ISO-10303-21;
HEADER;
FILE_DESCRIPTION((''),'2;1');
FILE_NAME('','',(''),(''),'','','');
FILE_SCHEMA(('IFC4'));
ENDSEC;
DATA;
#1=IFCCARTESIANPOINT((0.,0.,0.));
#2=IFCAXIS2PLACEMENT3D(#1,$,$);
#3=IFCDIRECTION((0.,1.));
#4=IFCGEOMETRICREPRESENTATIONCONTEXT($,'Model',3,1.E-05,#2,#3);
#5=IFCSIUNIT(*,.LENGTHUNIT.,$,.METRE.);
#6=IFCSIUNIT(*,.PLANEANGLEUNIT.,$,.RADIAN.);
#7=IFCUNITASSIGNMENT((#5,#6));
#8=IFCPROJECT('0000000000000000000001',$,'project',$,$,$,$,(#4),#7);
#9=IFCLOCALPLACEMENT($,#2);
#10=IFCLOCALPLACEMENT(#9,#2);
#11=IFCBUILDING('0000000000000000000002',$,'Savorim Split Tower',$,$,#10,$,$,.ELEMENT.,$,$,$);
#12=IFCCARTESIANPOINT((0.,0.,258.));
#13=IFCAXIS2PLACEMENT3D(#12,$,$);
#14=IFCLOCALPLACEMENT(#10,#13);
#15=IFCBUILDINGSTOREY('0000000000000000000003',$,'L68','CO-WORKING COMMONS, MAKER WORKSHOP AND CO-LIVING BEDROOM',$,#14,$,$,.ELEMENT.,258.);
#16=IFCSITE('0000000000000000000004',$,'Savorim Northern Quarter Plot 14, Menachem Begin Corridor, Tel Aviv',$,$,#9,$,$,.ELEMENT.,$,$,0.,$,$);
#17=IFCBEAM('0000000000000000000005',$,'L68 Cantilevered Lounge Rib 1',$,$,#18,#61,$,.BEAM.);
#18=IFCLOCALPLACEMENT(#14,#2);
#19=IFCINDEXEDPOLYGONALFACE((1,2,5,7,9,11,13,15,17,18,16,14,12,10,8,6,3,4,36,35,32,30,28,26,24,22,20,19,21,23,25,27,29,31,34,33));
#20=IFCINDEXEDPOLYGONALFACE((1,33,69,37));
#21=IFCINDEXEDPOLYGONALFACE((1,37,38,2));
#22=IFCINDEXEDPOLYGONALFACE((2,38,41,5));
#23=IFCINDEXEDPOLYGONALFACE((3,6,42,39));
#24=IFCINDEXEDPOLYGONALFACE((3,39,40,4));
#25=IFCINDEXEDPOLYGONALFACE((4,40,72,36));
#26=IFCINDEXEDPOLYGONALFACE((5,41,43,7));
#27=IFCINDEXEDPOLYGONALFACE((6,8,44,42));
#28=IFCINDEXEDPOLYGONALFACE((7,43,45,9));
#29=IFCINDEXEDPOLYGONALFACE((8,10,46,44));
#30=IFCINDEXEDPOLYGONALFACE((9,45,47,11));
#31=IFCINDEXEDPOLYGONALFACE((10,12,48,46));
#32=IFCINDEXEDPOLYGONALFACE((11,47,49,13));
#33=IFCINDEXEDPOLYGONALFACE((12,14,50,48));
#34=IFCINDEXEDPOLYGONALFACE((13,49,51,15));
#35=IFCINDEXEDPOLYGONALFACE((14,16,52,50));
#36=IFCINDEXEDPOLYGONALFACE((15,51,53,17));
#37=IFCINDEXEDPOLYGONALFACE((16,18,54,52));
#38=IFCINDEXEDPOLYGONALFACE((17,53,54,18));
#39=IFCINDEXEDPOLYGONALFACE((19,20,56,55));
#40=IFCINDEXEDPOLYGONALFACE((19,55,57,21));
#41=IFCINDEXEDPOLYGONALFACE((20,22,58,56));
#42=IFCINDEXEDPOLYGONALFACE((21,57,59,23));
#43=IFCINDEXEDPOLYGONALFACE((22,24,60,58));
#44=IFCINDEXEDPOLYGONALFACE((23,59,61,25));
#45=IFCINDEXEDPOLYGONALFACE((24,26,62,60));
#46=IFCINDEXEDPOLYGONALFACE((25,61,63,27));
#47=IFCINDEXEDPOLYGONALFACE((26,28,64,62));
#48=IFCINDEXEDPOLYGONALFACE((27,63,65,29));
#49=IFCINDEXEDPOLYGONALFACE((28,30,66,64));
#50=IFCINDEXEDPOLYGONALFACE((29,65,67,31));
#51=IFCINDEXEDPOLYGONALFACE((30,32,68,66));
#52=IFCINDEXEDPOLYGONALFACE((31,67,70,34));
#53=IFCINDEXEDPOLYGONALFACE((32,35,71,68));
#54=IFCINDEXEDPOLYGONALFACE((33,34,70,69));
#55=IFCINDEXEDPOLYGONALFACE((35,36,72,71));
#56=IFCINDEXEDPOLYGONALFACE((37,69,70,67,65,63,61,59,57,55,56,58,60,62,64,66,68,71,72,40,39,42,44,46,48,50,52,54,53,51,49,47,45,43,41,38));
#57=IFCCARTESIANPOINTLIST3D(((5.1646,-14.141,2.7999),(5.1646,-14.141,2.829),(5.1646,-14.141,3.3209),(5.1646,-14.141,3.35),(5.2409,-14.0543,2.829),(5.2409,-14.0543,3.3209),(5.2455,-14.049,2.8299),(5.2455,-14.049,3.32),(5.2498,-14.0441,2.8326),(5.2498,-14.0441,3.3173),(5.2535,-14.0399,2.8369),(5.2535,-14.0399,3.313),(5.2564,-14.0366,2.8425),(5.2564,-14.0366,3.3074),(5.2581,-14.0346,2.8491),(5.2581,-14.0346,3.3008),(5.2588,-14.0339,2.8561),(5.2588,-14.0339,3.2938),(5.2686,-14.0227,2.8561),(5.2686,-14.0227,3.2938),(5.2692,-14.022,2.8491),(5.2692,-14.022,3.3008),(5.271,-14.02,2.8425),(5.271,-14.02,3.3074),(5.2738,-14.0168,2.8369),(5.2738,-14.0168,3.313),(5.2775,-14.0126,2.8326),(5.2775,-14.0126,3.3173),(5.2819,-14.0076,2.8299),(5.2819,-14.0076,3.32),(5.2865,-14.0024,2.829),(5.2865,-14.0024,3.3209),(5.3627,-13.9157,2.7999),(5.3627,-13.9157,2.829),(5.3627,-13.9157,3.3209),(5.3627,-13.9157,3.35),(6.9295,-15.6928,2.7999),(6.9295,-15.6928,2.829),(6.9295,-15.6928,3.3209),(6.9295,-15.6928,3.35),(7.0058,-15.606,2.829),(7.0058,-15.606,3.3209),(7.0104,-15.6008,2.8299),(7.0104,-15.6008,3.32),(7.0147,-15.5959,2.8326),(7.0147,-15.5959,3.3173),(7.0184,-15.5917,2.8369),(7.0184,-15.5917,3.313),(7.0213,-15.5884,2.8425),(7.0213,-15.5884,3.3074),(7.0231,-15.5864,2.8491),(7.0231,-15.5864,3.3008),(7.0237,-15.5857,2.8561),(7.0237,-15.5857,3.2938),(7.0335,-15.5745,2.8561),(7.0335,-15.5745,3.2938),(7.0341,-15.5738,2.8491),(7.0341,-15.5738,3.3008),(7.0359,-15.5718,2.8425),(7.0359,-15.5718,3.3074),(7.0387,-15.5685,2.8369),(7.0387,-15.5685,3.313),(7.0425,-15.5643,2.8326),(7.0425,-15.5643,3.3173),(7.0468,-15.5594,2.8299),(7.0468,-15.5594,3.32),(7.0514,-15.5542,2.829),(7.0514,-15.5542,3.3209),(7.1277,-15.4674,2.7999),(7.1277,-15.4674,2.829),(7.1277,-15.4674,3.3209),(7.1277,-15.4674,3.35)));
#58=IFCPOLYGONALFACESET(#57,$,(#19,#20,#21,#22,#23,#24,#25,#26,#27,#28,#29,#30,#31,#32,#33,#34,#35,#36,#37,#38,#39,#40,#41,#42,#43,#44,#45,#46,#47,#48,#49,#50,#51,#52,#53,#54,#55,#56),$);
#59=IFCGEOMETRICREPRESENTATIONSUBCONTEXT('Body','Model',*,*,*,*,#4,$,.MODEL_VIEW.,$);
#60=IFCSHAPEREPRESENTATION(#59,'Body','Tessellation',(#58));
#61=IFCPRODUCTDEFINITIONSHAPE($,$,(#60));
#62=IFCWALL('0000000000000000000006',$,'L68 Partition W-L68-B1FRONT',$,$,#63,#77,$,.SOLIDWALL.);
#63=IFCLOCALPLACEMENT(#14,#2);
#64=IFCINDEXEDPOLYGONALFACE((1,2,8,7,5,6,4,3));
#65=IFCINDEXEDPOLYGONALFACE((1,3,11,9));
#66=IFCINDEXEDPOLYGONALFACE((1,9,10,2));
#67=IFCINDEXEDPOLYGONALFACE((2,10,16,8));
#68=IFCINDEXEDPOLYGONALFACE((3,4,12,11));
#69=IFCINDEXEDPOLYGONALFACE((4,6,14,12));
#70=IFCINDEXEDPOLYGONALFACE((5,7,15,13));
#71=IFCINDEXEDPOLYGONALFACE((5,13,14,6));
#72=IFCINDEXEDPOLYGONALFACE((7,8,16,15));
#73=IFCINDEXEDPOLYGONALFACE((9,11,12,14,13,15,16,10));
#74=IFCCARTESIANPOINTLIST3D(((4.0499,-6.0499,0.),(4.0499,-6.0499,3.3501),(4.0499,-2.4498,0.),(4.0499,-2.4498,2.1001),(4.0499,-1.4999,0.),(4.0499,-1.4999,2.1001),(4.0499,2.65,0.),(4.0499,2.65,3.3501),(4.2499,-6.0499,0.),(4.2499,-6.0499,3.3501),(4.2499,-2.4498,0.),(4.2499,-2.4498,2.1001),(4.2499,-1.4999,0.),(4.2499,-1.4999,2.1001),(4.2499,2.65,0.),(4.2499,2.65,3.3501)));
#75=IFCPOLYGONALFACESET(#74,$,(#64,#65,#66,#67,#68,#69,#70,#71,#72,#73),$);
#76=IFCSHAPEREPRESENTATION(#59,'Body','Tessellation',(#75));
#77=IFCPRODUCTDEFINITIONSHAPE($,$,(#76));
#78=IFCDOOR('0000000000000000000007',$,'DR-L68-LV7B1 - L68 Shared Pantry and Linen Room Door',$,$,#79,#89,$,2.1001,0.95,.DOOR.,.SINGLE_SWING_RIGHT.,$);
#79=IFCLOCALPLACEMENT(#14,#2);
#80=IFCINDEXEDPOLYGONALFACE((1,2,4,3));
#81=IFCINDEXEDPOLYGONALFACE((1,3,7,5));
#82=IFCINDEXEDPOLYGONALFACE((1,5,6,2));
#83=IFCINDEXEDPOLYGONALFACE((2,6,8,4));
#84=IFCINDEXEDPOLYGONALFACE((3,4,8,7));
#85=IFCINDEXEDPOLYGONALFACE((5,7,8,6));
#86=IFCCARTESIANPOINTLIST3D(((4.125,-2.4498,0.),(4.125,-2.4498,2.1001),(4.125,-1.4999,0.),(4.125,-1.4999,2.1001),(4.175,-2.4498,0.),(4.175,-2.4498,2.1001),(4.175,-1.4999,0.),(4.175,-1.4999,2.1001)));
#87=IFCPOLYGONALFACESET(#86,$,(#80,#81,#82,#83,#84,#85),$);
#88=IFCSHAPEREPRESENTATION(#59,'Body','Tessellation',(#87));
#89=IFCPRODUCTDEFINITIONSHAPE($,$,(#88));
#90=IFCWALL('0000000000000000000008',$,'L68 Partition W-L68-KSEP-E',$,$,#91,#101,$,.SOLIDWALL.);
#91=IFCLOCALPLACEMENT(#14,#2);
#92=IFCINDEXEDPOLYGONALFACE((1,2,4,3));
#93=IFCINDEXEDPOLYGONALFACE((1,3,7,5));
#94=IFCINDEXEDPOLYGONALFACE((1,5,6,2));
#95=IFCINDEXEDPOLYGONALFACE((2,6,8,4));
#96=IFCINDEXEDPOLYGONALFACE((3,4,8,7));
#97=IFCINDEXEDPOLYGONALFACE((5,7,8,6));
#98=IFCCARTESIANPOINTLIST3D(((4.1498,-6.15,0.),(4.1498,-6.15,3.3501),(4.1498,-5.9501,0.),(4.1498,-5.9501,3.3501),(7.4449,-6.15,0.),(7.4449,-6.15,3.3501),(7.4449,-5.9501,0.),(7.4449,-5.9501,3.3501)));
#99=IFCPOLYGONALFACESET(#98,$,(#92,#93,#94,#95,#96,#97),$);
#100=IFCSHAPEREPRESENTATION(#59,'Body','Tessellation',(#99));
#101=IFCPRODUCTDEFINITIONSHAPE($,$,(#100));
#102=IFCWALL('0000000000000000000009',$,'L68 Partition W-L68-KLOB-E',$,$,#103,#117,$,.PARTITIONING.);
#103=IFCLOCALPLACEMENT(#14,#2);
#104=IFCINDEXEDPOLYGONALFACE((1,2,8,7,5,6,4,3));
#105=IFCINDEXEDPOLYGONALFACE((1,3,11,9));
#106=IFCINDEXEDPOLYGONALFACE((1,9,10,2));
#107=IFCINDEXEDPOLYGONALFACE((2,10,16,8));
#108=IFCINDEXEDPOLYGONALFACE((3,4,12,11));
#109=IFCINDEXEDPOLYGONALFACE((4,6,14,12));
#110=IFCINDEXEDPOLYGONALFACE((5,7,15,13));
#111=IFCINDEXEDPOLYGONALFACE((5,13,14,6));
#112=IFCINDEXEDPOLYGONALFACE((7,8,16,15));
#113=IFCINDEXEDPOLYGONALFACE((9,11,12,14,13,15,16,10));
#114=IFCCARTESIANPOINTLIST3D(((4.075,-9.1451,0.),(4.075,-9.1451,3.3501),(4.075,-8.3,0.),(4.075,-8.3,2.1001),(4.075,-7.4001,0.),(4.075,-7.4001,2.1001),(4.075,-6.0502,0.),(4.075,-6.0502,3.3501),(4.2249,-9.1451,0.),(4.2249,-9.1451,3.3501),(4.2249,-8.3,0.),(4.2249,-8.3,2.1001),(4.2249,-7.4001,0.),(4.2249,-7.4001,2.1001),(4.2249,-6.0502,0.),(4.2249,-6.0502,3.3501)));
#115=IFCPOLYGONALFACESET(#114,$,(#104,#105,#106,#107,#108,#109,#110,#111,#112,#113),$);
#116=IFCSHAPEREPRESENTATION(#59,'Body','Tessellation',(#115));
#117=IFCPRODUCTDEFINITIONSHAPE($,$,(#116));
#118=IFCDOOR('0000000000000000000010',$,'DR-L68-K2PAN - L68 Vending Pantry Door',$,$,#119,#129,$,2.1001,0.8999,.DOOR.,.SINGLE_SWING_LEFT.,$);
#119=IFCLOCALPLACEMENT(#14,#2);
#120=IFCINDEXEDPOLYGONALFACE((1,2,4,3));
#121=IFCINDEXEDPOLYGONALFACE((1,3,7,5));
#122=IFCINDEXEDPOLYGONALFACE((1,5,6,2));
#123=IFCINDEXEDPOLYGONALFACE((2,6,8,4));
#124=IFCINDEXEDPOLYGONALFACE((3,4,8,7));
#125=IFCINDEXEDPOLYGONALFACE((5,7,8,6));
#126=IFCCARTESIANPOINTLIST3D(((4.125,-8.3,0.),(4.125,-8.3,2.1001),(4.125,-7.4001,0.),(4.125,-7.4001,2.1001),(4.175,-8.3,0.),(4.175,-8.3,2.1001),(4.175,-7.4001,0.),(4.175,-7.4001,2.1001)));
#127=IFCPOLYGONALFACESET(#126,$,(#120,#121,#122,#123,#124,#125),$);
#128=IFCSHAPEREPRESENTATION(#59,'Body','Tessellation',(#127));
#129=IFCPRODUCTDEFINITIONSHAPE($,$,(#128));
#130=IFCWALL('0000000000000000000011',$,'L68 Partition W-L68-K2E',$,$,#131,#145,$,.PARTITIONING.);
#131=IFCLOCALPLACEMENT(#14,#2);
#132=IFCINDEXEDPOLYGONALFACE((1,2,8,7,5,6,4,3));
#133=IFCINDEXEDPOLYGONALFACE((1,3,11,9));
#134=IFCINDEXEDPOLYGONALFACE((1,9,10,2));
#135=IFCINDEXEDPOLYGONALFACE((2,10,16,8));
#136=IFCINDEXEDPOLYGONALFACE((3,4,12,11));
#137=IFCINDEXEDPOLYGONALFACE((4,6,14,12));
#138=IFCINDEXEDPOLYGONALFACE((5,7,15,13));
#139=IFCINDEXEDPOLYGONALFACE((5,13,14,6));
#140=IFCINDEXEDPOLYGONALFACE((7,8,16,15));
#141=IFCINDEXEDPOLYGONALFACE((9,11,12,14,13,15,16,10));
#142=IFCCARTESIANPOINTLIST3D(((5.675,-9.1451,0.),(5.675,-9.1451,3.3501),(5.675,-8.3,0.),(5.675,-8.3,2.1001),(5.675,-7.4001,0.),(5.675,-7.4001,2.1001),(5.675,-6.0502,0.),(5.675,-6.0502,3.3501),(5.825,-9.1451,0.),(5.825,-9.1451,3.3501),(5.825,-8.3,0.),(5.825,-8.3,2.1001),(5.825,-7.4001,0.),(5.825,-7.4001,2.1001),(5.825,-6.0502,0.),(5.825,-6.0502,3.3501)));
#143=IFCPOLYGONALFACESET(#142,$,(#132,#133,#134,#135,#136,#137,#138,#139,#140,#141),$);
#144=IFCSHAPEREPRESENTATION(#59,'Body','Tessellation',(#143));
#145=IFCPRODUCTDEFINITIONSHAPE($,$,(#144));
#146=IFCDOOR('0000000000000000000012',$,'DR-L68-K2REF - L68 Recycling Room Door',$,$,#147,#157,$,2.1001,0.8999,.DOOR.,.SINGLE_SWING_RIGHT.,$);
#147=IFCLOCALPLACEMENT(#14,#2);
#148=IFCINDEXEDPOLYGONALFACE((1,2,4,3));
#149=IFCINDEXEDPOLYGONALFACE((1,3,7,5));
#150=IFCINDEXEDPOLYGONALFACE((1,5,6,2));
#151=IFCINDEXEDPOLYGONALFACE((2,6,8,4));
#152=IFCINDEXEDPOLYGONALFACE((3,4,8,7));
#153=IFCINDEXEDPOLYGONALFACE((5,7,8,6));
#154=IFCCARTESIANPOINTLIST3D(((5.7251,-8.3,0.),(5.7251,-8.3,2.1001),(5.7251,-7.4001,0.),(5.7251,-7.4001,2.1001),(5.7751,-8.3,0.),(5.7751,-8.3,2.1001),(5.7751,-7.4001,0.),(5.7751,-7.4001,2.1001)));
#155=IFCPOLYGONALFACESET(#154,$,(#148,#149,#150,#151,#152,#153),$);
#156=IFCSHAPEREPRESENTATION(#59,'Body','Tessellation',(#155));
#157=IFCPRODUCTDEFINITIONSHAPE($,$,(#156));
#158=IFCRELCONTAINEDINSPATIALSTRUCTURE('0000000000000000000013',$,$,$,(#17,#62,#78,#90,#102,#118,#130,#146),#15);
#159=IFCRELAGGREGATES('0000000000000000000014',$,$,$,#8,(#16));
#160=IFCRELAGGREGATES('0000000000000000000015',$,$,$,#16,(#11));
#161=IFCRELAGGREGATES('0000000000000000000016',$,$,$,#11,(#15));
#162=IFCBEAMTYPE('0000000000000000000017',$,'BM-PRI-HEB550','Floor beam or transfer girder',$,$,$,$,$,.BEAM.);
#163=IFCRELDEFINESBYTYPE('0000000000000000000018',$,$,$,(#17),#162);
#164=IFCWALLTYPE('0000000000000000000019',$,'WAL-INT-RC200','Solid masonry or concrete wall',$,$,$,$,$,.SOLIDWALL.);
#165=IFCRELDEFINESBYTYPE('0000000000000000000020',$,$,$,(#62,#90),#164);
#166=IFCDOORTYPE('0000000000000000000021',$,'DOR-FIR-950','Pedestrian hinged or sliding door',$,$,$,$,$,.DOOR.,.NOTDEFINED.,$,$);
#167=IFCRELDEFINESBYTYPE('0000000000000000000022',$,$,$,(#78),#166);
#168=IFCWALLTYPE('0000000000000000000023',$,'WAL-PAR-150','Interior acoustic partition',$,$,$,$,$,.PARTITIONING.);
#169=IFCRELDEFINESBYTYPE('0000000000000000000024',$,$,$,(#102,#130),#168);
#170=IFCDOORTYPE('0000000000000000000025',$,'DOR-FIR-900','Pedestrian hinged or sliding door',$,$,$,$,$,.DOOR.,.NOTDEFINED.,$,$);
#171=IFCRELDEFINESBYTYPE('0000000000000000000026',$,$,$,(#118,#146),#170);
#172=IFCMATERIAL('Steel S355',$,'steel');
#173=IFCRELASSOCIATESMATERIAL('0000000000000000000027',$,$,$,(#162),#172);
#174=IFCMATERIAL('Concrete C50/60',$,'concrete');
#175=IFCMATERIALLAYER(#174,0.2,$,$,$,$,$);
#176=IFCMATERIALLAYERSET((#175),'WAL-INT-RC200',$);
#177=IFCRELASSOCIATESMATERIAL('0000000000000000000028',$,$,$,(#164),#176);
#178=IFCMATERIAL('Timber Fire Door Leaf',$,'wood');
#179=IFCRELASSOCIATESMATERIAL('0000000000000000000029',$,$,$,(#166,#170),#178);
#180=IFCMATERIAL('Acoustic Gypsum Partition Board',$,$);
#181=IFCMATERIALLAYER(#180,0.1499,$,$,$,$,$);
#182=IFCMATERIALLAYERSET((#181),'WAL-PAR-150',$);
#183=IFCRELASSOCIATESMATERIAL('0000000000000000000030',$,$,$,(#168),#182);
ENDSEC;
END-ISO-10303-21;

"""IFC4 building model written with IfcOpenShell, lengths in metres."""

from ifc_helpers import new_model, si_unit, direction, frame, frame_2d, origin, origin_2d, place, context, subcontext, project, spatial, rectangle, i_section, extrude, material, layer, layer_set, material_profile, profile_set, type_object, element, fill, save


model = new_model("IFC4")

# Units and contexts
model_context = context("Model", 3, precision=1e-05, world=origin(), true_north=direction((0.0, 1.0)))
body_context = subcontext(model_context, "Body", "Model", "MODEL_VIEW")
ifc_project = project(units=[si_unit("LENGTHUNIT", "METRE"), si_unit("PLANEANGLEUNIT", "RADIAN")], contexts=[model_context])

# Site, building, storey
site_placement = place(None, origin())
site = spatial("IfcSite", under=ifc_project, at=site_placement, Name="Savorim Northern Quarter Plot 14, Menachem Begin Corridor, Tel Aviv", CompositionType="ELEMENT", RefElevation=0.0)
building_placement = place(site_placement, origin())
building = spatial("IfcBuilding", under=site, at=building_placement, Name="Savorim Split Tower", CompositionType="ELEMENT")
storey_placement = place(building_placement, frame((0.0, 0.0, 258.0)))
storey = spatial("IfcBuildingStorey", under=building, at=storey_placement, Name="L68", Description="CO-WORKING COMMONS, MAKER WORKSHOP AND CO-LIVING BEDROOM", CompositionType="ELEMENT", Elevation=258.0)

# Shared definitions
ifc_material_1 = material(Name="Steel S355", Category="steel")

# Beam
ifc_material_profile_1 = material_profile(ifc_material_1, i_section(OverallWidth=0.3, OverallDepth=0.55, WebThickness=0.0149, FlangeThickness=0.0291, FilletRadius=0.0271, at=origin_2d()), Name="HEB 550")
ifc_profile_set_1 = profile_set([ifc_material_profile_1], Name="Steel S355")
beam_type_1 = type_object("IfcBeamType", Name="BM-PRI-HEB550", Description="Floor beam or transfer girder", PredefinedType="BEAM", material=ifc_profile_set_1)
beam_1_placement = place(storey_placement, frame((5.2637, -14.0283, 3.075), z_axis=(0.750998, -0.660305, 0.0), x_axis=(0.660305, 0.750998, 0.0)))
element("IfcBeam", 1, at=beam_1_placement, inside=storey, type_object=beam_type_1, Name="L68 Cantilevered Lounge Rib 1", PredefinedType="BEAM", context=body_context, shape_type="SweptSolid", body=[
    extrude(i_section(OverallWidth=0.3, OverallDepth=0.55, WebThickness=0.0149, FlangeThickness=0.0291, FilletRadius=0.0271, at=origin_2d()), origin(), (0.0, 0.0, 1.0), 2.3501),
])

# Wall, opening, door
ifc_material_2 = material(Name="Concrete C50/60", Category="concrete")
ifc_layer_1 = layer(ifc_material_2, 0.2)
ifc_layer_set_1 = layer_set([ifc_layer_1], Name="WAL-INT-RC200")
wall_type_1 = type_object("IfcWallType", Name="WAL-INT-RC200", Description="Solid masonry or concrete wall", PredefinedType="SOLIDWALL", material=ifc_layer_set_1)
wall_1_placement = place(storey_placement, frame((4.1499, -6.05, 0.0), z_axis=(0.0, 0.0, 1.0), x_axis=(0.0, 1.0, 0.0)))
wall_1 = element("IfcWall", 2, at=wall_1_placement, inside=storey, type_object=wall_type_1, Name="L68 Partition W-L68-B1FRONT", PredefinedType="SOLIDWALL", context=body_context, shape_type="SweptSolid", body=[
    extrude(rectangle(XDim=8.7, YDim=0.2, at=frame_2d((4.3501, 0.0))), origin(), (0.0, 0.0, 1.0), 3.3501),
])
opening_1_placement = place(wall_1_placement, frame((3.6001, 0.0, 0.0)))
opening_1 = element("IfcOpeningElement", 3, at=opening_1_placement, cuts=wall_1, PredefinedType="OPENING", context=body_context, shape_type="SweptSolid", body=[
    extrude(rectangle(XDim=0.95, YDim=2.1001, at=frame_2d((0.4751, 1.05))), frame((0.0, 0.1099, 0.0), z_axis=(0.0, -1.0, 0.0), x_axis=(1.0, 0.0, 0.0)), (0.0, 0.0, 1.0), 0.22),
])
ifc_material_3 = material(Name="Timber Fire Door Leaf", Category="wood")
door_type_1 = type_object("IfcDoorType", Name="DOR-FIR-950", Description="Pedestrian hinged or sliding door", OperationType="NOTDEFINED", PredefinedType="DOOR", material=ifc_material_3)
door_1_placement = place(opening_1_placement, origin())
door_1 = element("IfcDoor", 4, at=door_1_placement, inside=storey, type_object=door_type_1, Name="DR-L68-LV7B1 - L68 Shared Pantry and Linen Room Door", OperationType="SINGLE_SWING_RIGHT", OverallHeight=2.1001, OverallWidth=0.95, PredefinedType="DOOR", context=body_context, shape_type="SweptSolid", body=[
    extrude(rectangle(XDim=0.95, YDim=2.1001, at=frame_2d((0.4751, 1.05))), frame((0.0, 0.0249, 0.0), z_axis=(0.0, -1.0, 0.0), x_axis=(1.0, 0.0, 0.0)), (0.0, 0.0, 1.0), 0.05),
])
fill(opening_1, door_1)

# Wall
wall_2_placement = place(storey_placement, frame((4.1499, -6.05, 0.0), z_axis=(0.0, 0.0, 1.0), x_axis=(1.0, 0.0, 0.0)))
element("IfcWall", 5, at=wall_2_placement, inside=storey, type_object=wall_type_1, Name="L68 Partition W-L68-KSEP-E", PredefinedType="SOLIDWALL", context=body_context, shape_type="SweptSolid", body=[
    extrude(rectangle(XDim=3.2952, YDim=0.2, at=frame_2d((1.6475, 0.0))), origin(), (0.0, 0.0, 1.0), 3.3501),
])

# Walls, openings, doors
ifc_material_4 = material(Name="Acoustic Gypsum Partition Board")
ifc_layer_2 = layer(ifc_material_4, 0.1499)
ifc_layer_set_2 = layer_set([ifc_layer_2], Name="WAL-PAR-150")
wall_type_2 = type_object("IfcWallType", Name="WAL-PAR-150", Description="Interior acoustic partition", PredefinedType="PARTITIONING", material=ifc_layer_set_2)
wall_3_placement = place(storey_placement, frame((4.1499, -9.145, 0.0), z_axis=(0.0, 0.0, 1.0), x_axis=(0.0, 1.0, 0.0)))
wall_3 = element("IfcWall", 6, at=wall_3_placement, inside=storey, type_object=wall_type_2, Name="L68 Partition W-L68-KLOB-E", PredefinedType="PARTITIONING", context=body_context, shape_type="SweptSolid", body=[
    extrude(rectangle(XDim=3.095, YDim=0.1499, at=frame_2d((1.5474, 0.0))), origin(), (0.0, 0.0, 1.0), 3.3501),
])
opening_2_placement = place(wall_3_placement, frame((0.845, 0.0, 0.0)))
opening_2 = element("IfcOpeningElement", 7, at=opening_2_placement, cuts=wall_3, PredefinedType="OPENING", context=body_context, shape_type="SweptSolid", body=[
    extrude(rectangle(XDim=0.8999, YDim=2.1001, at=frame_2d((0.45, 1.05))), frame((0.0, 0.085, 0.0), z_axis=(0.0, -1.0, 0.0), x_axis=(1.0, 0.0, 0.0)), (0.0, 0.0, 1.0), 0.1699),
])
door_type_2 = type_object("IfcDoorType", Name="DOR-FIR-900", Description="Pedestrian hinged or sliding door", OperationType="NOTDEFINED", PredefinedType="DOOR", material=ifc_material_3)
door_2_placement = place(opening_2_placement, origin())
door_2 = element("IfcDoor", 8, at=door_2_placement, inside=storey, type_object=door_type_2, Name="DR-L68-K2PAN - L68 Vending Pantry Door", OperationType="SINGLE_SWING_LEFT", OverallHeight=2.1001, OverallWidth=0.8999, PredefinedType="DOOR", context=body_context, shape_type="SweptSolid", body=[
    extrude(rectangle(XDim=0.8999, YDim=2.1001, at=frame_2d((0.45, 1.05))), frame((0.0, 0.0249, 0.0), z_axis=(0.0, -1.0, 0.0), x_axis=(1.0, 0.0, 0.0)), (0.0, 0.0, 1.0), 0.05),
])
fill(opening_2, door_2)
wall_4_placement = place(storey_placement, frame((5.75, -9.145, 0.0), z_axis=(0.0, 0.0, 1.0), x_axis=(0.0, 1.0, 0.0)))
wall_4 = element("IfcWall", 9, at=wall_4_placement, inside=storey, type_object=wall_type_2, Name="L68 Partition W-L68-K2E", PredefinedType="PARTITIONING", context=body_context, shape_type="SweptSolid", body=[
    extrude(rectangle(XDim=3.095, YDim=0.1499, at=frame_2d((1.5474, 0.0))), origin(), (0.0, 0.0, 1.0), 3.3501),
])
opening_3_placement = place(wall_4_placement, frame((0.845, 0.0, 0.0)))
opening_3 = element("IfcOpeningElement", 10, at=opening_3_placement, cuts=wall_4, PredefinedType="OPENING", context=body_context, shape_type="SweptSolid", body=[
    extrude(rectangle(XDim=0.8999, YDim=2.1001, at=frame_2d((0.45, 1.05))), frame((0.0, 0.085, 0.0), z_axis=(0.0, -1.0, 0.0), x_axis=(1.0, 0.0, 0.0)), (0.0, 0.0, 1.0), 0.1699),
])
door_3_placement = place(opening_3_placement, origin())
door_3 = element("IfcDoor", 11, at=door_3_placement, inside=storey, type_object=door_type_2, Name="DR-L68-K2REF - L68 Recycling Room Door", OperationType="SINGLE_SWING_RIGHT", OverallHeight=2.1001, OverallWidth=0.8999, PredefinedType="DOOR", context=body_context, shape_type="SweptSolid", body=[
    extrude(rectangle(XDim=0.8999, YDim=2.1001, at=frame_2d((0.45, 1.05))), frame((0.0, 0.0249, 0.0), z_axis=(0.0, -1.0, 0.0), x_axis=(1.0, 0.0, 0.0)), (0.0, 0.0, 1.0), 0.05),
])
fill(opening_3, door_3)

save(model, "model.ifc")
